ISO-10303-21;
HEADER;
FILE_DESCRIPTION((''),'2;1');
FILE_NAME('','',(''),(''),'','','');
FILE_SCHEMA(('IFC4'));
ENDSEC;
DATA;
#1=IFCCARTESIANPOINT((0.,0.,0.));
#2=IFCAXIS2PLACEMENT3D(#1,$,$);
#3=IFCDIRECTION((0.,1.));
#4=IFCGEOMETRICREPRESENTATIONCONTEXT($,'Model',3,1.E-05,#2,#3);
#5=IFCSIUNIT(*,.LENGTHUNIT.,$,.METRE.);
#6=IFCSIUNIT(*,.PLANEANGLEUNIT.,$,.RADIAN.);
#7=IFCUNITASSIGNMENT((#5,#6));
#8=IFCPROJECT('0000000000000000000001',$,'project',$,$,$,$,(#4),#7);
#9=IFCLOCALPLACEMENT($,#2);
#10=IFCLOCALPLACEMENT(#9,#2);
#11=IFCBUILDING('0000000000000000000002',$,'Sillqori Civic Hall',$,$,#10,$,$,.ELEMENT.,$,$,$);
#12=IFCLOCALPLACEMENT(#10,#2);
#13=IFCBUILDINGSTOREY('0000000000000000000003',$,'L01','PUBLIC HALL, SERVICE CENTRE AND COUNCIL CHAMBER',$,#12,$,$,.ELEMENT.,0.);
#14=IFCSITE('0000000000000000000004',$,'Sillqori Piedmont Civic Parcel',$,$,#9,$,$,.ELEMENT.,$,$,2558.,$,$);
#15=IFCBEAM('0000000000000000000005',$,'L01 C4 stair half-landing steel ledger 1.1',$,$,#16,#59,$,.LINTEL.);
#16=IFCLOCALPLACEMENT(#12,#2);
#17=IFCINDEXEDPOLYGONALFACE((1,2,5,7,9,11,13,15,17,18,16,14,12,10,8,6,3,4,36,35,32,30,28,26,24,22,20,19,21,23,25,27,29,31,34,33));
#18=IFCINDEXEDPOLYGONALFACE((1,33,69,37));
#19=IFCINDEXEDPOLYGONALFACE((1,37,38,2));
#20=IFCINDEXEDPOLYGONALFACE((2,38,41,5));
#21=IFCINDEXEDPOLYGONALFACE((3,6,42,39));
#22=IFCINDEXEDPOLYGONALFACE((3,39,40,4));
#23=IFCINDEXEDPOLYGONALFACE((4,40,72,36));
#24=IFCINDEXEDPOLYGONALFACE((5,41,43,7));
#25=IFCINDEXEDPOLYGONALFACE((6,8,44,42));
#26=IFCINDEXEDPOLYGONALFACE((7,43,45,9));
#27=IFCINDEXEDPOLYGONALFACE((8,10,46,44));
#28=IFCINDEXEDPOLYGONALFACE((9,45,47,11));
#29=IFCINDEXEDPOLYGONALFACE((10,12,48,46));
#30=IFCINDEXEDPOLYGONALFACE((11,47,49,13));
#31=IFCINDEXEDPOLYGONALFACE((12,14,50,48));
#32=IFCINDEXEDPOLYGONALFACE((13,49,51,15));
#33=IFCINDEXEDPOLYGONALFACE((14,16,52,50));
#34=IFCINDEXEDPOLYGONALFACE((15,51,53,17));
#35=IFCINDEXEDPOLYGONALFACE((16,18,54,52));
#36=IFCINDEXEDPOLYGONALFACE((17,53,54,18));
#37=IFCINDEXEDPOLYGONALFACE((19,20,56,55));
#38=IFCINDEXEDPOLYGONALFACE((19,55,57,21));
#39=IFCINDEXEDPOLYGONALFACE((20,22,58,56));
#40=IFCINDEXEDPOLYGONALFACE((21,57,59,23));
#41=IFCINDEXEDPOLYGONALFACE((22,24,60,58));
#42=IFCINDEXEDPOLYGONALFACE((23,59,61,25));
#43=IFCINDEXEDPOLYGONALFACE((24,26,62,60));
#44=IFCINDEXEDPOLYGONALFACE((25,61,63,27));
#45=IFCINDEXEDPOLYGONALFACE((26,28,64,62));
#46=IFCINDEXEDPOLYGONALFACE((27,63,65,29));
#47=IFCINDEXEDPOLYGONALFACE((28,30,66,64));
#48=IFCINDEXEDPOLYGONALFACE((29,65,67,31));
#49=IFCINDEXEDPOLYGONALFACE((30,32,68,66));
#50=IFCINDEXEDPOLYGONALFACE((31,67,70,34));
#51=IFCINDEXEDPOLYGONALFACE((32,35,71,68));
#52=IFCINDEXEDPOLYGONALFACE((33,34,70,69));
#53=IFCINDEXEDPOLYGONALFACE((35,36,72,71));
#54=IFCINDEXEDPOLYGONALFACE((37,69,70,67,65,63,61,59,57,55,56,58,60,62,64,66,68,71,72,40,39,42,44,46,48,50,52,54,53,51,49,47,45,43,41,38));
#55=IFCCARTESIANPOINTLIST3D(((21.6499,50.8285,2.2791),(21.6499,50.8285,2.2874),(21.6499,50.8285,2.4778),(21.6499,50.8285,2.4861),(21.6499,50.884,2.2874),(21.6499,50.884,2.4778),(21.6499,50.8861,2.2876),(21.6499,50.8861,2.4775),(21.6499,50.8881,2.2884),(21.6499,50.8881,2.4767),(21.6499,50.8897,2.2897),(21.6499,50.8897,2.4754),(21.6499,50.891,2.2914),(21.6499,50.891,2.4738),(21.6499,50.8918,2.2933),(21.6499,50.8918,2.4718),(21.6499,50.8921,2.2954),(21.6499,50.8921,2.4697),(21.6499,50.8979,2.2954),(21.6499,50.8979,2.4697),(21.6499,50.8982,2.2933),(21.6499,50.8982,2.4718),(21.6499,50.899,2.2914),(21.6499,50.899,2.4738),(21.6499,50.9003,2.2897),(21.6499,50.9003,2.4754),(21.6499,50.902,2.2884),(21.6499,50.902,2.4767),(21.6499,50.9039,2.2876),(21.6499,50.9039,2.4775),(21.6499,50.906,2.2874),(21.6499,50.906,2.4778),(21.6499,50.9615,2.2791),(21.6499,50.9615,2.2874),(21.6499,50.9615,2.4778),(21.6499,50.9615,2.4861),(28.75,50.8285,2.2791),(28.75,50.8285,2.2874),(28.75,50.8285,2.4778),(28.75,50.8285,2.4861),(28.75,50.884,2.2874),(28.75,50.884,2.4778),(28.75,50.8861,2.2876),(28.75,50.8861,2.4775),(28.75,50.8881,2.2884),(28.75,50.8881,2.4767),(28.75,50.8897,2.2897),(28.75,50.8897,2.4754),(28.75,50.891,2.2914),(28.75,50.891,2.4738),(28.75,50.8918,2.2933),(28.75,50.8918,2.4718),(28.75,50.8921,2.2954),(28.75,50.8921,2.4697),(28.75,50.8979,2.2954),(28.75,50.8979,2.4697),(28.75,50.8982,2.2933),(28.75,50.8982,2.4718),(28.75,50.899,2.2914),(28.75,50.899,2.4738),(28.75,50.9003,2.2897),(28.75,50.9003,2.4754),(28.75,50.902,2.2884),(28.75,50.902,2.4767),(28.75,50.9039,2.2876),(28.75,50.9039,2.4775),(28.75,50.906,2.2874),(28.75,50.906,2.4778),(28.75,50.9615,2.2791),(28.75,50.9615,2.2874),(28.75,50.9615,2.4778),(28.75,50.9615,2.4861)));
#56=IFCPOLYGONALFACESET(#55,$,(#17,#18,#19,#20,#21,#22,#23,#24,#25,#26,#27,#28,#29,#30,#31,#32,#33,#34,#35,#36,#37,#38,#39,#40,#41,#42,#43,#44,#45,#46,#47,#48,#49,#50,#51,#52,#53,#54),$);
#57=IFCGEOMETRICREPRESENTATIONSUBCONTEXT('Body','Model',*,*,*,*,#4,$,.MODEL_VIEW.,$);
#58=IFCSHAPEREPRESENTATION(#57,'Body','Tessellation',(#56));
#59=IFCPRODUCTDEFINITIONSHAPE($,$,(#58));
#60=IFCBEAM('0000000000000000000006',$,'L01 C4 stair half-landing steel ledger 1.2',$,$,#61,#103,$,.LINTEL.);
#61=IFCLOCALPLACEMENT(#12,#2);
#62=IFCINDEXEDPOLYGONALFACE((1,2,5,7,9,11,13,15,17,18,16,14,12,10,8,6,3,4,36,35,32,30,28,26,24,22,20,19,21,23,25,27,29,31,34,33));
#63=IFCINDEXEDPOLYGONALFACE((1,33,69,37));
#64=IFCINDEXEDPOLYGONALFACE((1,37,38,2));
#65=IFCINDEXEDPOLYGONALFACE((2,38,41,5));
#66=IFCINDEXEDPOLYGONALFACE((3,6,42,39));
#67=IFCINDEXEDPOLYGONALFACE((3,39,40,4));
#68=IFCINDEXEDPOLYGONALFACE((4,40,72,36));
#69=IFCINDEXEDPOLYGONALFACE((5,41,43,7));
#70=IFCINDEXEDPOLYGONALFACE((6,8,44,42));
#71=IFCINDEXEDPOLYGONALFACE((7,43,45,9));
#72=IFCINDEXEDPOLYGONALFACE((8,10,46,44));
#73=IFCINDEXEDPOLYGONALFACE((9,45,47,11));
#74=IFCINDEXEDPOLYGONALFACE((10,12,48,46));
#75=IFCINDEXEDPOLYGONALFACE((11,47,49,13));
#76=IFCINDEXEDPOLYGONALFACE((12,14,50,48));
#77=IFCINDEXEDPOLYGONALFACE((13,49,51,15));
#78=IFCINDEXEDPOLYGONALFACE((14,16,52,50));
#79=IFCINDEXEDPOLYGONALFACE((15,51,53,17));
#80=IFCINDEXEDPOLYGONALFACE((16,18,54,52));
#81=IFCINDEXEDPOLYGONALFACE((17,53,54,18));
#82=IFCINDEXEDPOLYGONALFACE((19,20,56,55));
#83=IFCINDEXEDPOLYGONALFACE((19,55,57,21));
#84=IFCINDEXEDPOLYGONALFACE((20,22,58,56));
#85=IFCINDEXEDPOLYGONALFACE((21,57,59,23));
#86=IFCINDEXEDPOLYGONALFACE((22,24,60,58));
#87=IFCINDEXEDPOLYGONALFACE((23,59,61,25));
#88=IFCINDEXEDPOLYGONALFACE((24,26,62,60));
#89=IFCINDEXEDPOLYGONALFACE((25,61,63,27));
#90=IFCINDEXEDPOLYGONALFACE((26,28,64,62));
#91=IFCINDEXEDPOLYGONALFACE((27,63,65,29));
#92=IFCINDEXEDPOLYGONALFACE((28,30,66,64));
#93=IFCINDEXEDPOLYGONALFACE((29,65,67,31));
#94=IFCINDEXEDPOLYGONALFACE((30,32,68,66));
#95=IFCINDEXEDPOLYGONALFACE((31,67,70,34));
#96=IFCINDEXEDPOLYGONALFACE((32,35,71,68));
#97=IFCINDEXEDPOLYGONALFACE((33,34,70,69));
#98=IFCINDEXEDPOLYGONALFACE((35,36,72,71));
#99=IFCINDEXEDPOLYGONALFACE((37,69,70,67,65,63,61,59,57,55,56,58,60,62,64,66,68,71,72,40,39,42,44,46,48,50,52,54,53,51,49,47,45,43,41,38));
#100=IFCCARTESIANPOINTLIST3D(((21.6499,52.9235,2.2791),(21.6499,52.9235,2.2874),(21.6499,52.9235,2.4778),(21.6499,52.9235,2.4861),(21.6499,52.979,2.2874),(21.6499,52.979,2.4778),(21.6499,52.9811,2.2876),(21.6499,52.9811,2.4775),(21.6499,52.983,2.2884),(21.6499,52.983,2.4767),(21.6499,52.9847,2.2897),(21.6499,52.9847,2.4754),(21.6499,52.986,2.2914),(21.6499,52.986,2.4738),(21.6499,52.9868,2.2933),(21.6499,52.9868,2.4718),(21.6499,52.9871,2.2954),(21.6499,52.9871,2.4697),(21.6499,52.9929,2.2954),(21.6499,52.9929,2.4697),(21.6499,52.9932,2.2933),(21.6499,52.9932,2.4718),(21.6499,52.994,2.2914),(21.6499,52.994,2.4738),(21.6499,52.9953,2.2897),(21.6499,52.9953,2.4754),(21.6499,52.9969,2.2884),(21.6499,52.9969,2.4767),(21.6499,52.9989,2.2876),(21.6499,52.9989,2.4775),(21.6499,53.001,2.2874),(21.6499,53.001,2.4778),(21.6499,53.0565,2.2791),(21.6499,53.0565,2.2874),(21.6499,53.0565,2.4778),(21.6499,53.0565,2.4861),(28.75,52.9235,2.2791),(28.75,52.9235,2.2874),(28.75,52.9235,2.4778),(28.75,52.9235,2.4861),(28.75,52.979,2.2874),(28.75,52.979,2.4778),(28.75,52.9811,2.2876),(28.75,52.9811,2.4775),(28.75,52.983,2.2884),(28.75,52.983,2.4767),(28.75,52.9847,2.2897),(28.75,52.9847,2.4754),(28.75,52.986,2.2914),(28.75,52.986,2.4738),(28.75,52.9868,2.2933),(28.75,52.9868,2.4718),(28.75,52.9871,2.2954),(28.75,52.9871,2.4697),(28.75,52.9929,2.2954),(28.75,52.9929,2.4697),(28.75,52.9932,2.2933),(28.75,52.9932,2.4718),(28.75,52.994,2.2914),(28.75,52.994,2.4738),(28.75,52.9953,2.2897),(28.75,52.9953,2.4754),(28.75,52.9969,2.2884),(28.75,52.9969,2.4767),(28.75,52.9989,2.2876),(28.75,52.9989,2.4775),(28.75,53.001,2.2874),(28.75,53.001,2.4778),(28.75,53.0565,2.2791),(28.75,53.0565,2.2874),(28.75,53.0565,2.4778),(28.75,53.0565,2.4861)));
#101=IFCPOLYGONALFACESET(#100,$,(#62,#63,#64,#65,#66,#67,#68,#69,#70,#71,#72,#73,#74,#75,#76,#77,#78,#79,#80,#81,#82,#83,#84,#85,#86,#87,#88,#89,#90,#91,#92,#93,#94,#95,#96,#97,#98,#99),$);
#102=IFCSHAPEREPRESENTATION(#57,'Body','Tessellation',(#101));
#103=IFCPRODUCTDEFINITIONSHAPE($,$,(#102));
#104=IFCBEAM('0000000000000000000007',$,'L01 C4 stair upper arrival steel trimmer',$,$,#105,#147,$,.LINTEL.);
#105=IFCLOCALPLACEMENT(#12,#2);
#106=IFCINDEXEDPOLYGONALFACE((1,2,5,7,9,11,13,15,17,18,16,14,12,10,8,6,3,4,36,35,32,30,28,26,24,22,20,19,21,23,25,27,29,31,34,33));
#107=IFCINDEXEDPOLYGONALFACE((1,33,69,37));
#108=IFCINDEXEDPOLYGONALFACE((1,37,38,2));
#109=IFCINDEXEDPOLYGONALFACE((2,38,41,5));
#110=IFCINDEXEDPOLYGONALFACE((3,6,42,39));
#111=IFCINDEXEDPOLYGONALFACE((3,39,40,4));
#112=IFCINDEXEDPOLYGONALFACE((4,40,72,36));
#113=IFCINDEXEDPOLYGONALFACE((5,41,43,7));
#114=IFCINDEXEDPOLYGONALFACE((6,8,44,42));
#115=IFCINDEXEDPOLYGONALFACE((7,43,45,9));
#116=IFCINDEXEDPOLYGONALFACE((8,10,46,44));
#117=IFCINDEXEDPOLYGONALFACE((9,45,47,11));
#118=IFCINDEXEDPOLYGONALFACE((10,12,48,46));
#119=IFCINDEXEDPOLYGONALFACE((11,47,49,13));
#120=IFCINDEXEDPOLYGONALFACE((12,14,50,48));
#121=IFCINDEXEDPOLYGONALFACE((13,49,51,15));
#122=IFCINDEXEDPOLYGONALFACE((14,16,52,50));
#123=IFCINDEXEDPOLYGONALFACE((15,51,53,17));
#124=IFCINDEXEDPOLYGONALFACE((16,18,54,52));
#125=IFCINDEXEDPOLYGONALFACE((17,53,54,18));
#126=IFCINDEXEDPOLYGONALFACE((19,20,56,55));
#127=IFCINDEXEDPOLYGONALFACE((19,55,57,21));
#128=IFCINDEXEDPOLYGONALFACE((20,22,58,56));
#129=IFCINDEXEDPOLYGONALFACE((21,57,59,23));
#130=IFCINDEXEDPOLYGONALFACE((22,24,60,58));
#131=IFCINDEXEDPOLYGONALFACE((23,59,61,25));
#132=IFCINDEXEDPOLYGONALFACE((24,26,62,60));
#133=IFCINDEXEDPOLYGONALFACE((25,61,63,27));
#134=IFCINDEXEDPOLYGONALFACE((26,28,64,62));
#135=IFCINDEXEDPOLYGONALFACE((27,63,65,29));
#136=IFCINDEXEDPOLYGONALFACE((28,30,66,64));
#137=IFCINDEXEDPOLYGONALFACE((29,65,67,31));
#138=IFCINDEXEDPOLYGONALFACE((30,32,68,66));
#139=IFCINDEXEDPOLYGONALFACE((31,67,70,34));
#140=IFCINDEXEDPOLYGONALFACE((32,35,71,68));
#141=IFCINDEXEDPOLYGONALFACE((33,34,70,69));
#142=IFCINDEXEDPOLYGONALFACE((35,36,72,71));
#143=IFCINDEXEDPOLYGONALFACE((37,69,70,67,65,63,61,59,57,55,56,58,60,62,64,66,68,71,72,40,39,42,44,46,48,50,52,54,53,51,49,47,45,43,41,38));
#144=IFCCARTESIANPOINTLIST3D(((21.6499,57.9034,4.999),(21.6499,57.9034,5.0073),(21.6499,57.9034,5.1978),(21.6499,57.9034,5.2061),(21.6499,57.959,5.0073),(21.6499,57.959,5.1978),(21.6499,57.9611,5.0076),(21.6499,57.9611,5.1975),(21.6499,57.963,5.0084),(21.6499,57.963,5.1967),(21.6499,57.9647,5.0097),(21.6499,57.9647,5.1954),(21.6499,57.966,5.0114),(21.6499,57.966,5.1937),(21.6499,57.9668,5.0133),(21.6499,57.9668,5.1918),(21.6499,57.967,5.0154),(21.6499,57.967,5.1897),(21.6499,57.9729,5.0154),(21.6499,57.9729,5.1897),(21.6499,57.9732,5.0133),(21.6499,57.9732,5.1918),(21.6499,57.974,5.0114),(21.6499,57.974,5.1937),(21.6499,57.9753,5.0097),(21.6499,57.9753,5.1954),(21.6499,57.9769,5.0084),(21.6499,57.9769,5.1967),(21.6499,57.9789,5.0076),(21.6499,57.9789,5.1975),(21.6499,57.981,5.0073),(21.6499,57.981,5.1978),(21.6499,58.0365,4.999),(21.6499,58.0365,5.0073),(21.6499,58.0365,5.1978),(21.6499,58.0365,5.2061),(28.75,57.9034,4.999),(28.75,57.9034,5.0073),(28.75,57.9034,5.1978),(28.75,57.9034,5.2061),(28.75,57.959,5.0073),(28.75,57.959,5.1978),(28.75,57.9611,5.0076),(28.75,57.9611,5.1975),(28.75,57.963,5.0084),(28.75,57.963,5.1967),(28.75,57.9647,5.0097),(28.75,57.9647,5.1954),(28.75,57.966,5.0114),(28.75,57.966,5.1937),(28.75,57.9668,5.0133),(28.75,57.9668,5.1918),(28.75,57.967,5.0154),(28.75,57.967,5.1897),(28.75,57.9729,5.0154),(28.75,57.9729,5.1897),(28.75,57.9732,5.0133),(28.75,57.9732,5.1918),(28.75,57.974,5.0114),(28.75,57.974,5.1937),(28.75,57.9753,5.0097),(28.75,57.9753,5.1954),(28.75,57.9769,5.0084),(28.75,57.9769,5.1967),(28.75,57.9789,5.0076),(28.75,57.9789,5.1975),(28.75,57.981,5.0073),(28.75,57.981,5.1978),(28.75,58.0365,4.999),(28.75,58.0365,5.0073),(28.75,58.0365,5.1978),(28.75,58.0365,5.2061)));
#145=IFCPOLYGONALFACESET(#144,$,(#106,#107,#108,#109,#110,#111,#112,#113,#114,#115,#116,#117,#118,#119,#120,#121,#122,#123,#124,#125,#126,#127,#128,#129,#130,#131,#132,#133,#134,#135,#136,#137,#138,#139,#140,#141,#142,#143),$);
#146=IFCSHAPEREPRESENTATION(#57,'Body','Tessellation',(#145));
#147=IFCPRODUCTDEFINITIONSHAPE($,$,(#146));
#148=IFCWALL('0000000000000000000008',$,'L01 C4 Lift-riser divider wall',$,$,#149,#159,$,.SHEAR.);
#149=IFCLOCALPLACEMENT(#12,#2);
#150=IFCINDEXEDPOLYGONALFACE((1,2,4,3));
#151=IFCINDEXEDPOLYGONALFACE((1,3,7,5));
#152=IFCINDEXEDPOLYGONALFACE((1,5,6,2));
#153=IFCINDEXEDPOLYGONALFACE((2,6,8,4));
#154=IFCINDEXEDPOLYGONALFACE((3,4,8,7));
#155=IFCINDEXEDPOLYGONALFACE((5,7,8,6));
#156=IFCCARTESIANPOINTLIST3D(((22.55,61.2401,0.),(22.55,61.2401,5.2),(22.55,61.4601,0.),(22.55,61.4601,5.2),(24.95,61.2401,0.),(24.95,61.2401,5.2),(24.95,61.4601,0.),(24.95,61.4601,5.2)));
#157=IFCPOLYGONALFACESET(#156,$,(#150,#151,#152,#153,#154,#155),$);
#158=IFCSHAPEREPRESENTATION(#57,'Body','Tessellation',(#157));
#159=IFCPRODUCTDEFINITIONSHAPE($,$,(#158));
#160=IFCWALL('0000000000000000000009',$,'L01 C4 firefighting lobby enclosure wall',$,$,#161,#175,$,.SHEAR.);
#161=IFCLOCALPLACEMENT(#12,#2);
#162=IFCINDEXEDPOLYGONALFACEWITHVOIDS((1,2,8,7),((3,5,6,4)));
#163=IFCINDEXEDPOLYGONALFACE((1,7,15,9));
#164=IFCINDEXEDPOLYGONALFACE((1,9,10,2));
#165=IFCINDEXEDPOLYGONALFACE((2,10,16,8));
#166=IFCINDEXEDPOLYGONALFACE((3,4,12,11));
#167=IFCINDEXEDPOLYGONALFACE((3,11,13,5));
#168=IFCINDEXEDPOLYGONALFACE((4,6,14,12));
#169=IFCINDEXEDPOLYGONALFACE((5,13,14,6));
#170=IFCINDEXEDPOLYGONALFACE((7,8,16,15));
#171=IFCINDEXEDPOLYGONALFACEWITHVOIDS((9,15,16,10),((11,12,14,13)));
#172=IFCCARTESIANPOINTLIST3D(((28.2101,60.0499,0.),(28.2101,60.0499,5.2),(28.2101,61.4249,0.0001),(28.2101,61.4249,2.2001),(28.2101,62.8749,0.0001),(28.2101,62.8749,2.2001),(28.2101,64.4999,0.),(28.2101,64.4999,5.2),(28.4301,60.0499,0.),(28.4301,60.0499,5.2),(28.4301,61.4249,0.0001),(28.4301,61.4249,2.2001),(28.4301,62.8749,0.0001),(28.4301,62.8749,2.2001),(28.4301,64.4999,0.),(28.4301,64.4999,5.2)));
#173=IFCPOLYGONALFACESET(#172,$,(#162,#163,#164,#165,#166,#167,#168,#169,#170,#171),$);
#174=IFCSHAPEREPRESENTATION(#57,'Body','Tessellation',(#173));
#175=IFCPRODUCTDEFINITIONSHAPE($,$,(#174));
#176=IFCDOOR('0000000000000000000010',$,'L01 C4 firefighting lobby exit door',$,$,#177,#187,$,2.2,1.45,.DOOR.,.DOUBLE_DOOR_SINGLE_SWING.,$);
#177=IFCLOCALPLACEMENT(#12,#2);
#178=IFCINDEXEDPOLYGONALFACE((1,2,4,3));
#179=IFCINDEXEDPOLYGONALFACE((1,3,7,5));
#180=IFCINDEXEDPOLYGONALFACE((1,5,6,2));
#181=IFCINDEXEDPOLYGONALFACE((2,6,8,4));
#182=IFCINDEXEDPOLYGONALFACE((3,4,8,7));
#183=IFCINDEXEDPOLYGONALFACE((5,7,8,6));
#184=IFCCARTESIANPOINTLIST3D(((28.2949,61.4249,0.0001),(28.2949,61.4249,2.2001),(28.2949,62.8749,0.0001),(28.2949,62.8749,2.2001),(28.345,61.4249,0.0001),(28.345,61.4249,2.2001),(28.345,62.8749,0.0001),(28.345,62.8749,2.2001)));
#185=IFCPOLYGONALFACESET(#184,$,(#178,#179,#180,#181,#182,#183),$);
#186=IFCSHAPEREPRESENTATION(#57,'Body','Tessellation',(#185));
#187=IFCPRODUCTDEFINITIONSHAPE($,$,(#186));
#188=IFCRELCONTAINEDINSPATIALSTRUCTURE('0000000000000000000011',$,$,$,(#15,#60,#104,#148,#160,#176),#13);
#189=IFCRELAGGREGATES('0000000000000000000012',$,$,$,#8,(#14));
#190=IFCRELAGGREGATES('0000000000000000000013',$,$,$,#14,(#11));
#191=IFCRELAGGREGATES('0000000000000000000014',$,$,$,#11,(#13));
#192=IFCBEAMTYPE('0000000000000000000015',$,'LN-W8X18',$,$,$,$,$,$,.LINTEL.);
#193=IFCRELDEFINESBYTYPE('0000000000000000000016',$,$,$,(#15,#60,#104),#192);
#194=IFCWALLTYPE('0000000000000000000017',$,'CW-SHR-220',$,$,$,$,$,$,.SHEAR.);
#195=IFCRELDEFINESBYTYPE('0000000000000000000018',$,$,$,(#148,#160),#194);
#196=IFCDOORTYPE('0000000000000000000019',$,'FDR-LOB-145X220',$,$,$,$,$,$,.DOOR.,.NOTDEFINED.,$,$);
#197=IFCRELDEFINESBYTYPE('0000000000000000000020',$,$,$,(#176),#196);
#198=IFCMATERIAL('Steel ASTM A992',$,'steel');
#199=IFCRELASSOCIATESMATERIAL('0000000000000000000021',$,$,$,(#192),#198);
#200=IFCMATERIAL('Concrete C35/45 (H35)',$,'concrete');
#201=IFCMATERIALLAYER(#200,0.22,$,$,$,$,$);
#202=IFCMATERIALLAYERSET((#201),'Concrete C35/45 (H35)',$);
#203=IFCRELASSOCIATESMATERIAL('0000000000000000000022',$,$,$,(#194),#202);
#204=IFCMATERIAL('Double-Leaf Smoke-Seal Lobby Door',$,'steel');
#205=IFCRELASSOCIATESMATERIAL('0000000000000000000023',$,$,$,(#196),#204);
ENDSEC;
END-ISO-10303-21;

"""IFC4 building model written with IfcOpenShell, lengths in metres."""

from ifc_helpers import new_model, si_unit, direction, frame, frame_2d, origin, origin_2d, place, context, subcontext, project, spatial, rectangle, i_section, extrude, material, layer, layer_set, material_profile, profile_set, type_object, element, fill, save


model = new_model("IFC4")

# Units and contexts
model_context = context("Model", 3, precision=1e-05, world=origin(), true_north=direction((0.0, 1.0)))
body_context = subcontext(model_context, "Body", "Model", "MODEL_VIEW")
ifc_project = project(units=[si_unit("LENGTHUNIT", "METRE"), si_unit("PLANEANGLEUNIT", "RADIAN")], contexts=[model_context])

# Site, building, storey
site_placement = place(None, origin())
site = spatial("IfcSite", under=ifc_project, at=site_placement, Name="Sillqori Piedmont Civic Parcel", CompositionType="ELEMENT", RefElevation=2558.0)
building_placement = place(site_placement, origin())
building = spatial("IfcBuilding", under=site, at=building_placement, Name="Sillqori Civic Hall", CompositionType="ELEMENT")
storey_placement = place(building_placement, origin())
storey = spatial("IfcBuildingStorey", under=building, at=storey_placement, Name="L01", Description="PUBLIC HALL, SERVICE CENTRE AND COUNCIL CHAMBER", CompositionType="ELEMENT", Elevation=0.0)

# Shared definitions
ifc_material_1 = material(Name="Steel ASTM A992", Category="steel")

# Beams
ifc_material_profile_1 = material_profile(ifc_material_1, i_section(OverallWidth=0.1331, OverallDepth=0.207, WebThickness=0.0059, FlangeThickness=0.0083, FilletRadius=0.0081, at=origin_2d()), Name="W8X18")
ifc_profile_set_1 = profile_set([ifc_material_profile_1], Name="Steel ASTM A992")
beam_type_1 = type_object("IfcBeamType", Name="LN-W8X18", PredefinedType="LINTEL", material=ifc_profile_set_1)
for number, where, z_axis, x_axis, name in (
    (1, (21.6499, 50.895, 2.3826), (1.0, 0.0, 0.0), (0.0, 1.0, 0.0), "L01 C4 stair half-landing steel ledger 1.1"),
    (2, (21.6499, 52.99, 2.3826), (1.0, 0.0, 0.0), (0.0, 1.0, 0.0), "L01 C4 stair half-landing steel ledger 1.2"),
    (3, (21.6499, 57.97, 5.1025), (1.0, 0.0, 0.0), (0.0, 1.0, 0.0), "L01 C4 stair upper arrival steel trimmer"),
):
    element("IfcBeam", number, at=place(storey_placement, frame(where, z_axis=z_axis, x_axis=x_axis)), inside=storey, type_object=beam_type_1, Name=name, PredefinedType="LINTEL", context=body_context, shape_type="SweptSolid", body=[
        extrude(i_section(OverallWidth=0.1331, OverallDepth=0.207, WebThickness=0.0059, FlangeThickness=0.0083, FilletRadius=0.0081, at=origin_2d()), origin(), (0.0, 0.0, 1.0), 7.1001),
    ])

# Wall
ifc_material_2 = material(Name="Concrete C35/45 (H35)", Category="concrete")
ifc_layer_1 = layer(ifc_material_2, 0.22)
ifc_layer_set_1 = layer_set([ifc_layer_1], Name="Concrete C35/45 (H35)")
wall_type_1 = type_object("IfcWallType", Name="CW-SHR-220", PredefinedType="SHEAR", material=ifc_layer_set_1)
wall_1_placement = place(storey_placement, frame((22.55, 61.3501, 0.0), z_axis=(0.0, 0.0, 1.0), x_axis=(1.0, 0.0, 0.0)))
element("IfcWall", 4, at=wall_1_placement, inside=storey, type_object=wall_type_1, Name="L01 C4 Lift-riser divider wall", PredefinedType="SHEAR", context=body_context, shape_type="SweptSolid", body=[
    extrude(rectangle(XDim=2.3999, YDim=0.22, at=frame_2d((1.2, 0.0))), origin(), (0.0, 0.0, 1.0), 5.2),
])

# Wall, opening, door
wall_2_placement = place(storey_placement, frame((28.3201, 64.5, 0.0), z_axis=(0.0, 0.0, 1.0), x_axis=(0.0, -1.0, 0.0)))
wall_2 = element("IfcWall", 5, at=wall_2_placement, inside=storey, type_object=wall_type_1, Name="L01 C4 firefighting lobby enclosure wall", PredefinedType="SHEAR", context=body_context, shape_type="SweptSolid", body=[
    extrude(rectangle(XDim=4.45, YDim=0.22, at=frame_2d((2.2251, 0.0))), origin(), (0.0, 0.0, 1.0), 5.2),
])
opening_1_placement = place(wall_2_placement, frame((1.625, 0.0, 0.0)))
opening_1 = element("IfcOpeningElement", 6, at=opening_1_placement, cuts=wall_2, PredefinedType="OPENING", context=body_context, shape_type="SweptSolid", body=[
    extrude(rectangle(XDim=1.45, YDim=2.2, at=frame_2d((0.7251, 1.1001))), frame((0.0, 0.1199, 0.0), z_axis=(0.0, -1.0, 0.0), x_axis=(1.0, 0.0, 0.0)), (0.0, 0.0, 1.0), 0.24),
])
ifc_material_3 = material(Name="Double-Leaf Smoke-Seal Lobby Door", Category="steel")
door_type_1 = type_object("IfcDoorType", Name="FDR-LOB-145X220", OperationType="NOTDEFINED", PredefinedType="DOOR", material=ifc_material_3)
door_1_placement = place(opening_1_placement, origin())
door_1 = element("IfcDoor", 7, at=door_1_placement, inside=storey, type_object=door_type_1, Name="L01 C4 firefighting lobby exit door", OperationType="DOUBLE_DOOR_SINGLE_SWING", OverallHeight=2.2, OverallWidth=1.45, PredefinedType="DOOR", context=body_context, shape_type="SweptSolid", body=[
    extrude(rectangle(XDim=1.45, YDim=2.2, at=frame_2d((0.7251, 1.1001))), frame((0.0, 0.0249, 0.0), z_axis=(0.0, -1.0, 0.0), x_axis=(1.0, 0.0, 0.0)), (0.0, 0.0, 1.0), 0.05),
])
fill(opening_1, door_1)

save(model, "model.ifc")
